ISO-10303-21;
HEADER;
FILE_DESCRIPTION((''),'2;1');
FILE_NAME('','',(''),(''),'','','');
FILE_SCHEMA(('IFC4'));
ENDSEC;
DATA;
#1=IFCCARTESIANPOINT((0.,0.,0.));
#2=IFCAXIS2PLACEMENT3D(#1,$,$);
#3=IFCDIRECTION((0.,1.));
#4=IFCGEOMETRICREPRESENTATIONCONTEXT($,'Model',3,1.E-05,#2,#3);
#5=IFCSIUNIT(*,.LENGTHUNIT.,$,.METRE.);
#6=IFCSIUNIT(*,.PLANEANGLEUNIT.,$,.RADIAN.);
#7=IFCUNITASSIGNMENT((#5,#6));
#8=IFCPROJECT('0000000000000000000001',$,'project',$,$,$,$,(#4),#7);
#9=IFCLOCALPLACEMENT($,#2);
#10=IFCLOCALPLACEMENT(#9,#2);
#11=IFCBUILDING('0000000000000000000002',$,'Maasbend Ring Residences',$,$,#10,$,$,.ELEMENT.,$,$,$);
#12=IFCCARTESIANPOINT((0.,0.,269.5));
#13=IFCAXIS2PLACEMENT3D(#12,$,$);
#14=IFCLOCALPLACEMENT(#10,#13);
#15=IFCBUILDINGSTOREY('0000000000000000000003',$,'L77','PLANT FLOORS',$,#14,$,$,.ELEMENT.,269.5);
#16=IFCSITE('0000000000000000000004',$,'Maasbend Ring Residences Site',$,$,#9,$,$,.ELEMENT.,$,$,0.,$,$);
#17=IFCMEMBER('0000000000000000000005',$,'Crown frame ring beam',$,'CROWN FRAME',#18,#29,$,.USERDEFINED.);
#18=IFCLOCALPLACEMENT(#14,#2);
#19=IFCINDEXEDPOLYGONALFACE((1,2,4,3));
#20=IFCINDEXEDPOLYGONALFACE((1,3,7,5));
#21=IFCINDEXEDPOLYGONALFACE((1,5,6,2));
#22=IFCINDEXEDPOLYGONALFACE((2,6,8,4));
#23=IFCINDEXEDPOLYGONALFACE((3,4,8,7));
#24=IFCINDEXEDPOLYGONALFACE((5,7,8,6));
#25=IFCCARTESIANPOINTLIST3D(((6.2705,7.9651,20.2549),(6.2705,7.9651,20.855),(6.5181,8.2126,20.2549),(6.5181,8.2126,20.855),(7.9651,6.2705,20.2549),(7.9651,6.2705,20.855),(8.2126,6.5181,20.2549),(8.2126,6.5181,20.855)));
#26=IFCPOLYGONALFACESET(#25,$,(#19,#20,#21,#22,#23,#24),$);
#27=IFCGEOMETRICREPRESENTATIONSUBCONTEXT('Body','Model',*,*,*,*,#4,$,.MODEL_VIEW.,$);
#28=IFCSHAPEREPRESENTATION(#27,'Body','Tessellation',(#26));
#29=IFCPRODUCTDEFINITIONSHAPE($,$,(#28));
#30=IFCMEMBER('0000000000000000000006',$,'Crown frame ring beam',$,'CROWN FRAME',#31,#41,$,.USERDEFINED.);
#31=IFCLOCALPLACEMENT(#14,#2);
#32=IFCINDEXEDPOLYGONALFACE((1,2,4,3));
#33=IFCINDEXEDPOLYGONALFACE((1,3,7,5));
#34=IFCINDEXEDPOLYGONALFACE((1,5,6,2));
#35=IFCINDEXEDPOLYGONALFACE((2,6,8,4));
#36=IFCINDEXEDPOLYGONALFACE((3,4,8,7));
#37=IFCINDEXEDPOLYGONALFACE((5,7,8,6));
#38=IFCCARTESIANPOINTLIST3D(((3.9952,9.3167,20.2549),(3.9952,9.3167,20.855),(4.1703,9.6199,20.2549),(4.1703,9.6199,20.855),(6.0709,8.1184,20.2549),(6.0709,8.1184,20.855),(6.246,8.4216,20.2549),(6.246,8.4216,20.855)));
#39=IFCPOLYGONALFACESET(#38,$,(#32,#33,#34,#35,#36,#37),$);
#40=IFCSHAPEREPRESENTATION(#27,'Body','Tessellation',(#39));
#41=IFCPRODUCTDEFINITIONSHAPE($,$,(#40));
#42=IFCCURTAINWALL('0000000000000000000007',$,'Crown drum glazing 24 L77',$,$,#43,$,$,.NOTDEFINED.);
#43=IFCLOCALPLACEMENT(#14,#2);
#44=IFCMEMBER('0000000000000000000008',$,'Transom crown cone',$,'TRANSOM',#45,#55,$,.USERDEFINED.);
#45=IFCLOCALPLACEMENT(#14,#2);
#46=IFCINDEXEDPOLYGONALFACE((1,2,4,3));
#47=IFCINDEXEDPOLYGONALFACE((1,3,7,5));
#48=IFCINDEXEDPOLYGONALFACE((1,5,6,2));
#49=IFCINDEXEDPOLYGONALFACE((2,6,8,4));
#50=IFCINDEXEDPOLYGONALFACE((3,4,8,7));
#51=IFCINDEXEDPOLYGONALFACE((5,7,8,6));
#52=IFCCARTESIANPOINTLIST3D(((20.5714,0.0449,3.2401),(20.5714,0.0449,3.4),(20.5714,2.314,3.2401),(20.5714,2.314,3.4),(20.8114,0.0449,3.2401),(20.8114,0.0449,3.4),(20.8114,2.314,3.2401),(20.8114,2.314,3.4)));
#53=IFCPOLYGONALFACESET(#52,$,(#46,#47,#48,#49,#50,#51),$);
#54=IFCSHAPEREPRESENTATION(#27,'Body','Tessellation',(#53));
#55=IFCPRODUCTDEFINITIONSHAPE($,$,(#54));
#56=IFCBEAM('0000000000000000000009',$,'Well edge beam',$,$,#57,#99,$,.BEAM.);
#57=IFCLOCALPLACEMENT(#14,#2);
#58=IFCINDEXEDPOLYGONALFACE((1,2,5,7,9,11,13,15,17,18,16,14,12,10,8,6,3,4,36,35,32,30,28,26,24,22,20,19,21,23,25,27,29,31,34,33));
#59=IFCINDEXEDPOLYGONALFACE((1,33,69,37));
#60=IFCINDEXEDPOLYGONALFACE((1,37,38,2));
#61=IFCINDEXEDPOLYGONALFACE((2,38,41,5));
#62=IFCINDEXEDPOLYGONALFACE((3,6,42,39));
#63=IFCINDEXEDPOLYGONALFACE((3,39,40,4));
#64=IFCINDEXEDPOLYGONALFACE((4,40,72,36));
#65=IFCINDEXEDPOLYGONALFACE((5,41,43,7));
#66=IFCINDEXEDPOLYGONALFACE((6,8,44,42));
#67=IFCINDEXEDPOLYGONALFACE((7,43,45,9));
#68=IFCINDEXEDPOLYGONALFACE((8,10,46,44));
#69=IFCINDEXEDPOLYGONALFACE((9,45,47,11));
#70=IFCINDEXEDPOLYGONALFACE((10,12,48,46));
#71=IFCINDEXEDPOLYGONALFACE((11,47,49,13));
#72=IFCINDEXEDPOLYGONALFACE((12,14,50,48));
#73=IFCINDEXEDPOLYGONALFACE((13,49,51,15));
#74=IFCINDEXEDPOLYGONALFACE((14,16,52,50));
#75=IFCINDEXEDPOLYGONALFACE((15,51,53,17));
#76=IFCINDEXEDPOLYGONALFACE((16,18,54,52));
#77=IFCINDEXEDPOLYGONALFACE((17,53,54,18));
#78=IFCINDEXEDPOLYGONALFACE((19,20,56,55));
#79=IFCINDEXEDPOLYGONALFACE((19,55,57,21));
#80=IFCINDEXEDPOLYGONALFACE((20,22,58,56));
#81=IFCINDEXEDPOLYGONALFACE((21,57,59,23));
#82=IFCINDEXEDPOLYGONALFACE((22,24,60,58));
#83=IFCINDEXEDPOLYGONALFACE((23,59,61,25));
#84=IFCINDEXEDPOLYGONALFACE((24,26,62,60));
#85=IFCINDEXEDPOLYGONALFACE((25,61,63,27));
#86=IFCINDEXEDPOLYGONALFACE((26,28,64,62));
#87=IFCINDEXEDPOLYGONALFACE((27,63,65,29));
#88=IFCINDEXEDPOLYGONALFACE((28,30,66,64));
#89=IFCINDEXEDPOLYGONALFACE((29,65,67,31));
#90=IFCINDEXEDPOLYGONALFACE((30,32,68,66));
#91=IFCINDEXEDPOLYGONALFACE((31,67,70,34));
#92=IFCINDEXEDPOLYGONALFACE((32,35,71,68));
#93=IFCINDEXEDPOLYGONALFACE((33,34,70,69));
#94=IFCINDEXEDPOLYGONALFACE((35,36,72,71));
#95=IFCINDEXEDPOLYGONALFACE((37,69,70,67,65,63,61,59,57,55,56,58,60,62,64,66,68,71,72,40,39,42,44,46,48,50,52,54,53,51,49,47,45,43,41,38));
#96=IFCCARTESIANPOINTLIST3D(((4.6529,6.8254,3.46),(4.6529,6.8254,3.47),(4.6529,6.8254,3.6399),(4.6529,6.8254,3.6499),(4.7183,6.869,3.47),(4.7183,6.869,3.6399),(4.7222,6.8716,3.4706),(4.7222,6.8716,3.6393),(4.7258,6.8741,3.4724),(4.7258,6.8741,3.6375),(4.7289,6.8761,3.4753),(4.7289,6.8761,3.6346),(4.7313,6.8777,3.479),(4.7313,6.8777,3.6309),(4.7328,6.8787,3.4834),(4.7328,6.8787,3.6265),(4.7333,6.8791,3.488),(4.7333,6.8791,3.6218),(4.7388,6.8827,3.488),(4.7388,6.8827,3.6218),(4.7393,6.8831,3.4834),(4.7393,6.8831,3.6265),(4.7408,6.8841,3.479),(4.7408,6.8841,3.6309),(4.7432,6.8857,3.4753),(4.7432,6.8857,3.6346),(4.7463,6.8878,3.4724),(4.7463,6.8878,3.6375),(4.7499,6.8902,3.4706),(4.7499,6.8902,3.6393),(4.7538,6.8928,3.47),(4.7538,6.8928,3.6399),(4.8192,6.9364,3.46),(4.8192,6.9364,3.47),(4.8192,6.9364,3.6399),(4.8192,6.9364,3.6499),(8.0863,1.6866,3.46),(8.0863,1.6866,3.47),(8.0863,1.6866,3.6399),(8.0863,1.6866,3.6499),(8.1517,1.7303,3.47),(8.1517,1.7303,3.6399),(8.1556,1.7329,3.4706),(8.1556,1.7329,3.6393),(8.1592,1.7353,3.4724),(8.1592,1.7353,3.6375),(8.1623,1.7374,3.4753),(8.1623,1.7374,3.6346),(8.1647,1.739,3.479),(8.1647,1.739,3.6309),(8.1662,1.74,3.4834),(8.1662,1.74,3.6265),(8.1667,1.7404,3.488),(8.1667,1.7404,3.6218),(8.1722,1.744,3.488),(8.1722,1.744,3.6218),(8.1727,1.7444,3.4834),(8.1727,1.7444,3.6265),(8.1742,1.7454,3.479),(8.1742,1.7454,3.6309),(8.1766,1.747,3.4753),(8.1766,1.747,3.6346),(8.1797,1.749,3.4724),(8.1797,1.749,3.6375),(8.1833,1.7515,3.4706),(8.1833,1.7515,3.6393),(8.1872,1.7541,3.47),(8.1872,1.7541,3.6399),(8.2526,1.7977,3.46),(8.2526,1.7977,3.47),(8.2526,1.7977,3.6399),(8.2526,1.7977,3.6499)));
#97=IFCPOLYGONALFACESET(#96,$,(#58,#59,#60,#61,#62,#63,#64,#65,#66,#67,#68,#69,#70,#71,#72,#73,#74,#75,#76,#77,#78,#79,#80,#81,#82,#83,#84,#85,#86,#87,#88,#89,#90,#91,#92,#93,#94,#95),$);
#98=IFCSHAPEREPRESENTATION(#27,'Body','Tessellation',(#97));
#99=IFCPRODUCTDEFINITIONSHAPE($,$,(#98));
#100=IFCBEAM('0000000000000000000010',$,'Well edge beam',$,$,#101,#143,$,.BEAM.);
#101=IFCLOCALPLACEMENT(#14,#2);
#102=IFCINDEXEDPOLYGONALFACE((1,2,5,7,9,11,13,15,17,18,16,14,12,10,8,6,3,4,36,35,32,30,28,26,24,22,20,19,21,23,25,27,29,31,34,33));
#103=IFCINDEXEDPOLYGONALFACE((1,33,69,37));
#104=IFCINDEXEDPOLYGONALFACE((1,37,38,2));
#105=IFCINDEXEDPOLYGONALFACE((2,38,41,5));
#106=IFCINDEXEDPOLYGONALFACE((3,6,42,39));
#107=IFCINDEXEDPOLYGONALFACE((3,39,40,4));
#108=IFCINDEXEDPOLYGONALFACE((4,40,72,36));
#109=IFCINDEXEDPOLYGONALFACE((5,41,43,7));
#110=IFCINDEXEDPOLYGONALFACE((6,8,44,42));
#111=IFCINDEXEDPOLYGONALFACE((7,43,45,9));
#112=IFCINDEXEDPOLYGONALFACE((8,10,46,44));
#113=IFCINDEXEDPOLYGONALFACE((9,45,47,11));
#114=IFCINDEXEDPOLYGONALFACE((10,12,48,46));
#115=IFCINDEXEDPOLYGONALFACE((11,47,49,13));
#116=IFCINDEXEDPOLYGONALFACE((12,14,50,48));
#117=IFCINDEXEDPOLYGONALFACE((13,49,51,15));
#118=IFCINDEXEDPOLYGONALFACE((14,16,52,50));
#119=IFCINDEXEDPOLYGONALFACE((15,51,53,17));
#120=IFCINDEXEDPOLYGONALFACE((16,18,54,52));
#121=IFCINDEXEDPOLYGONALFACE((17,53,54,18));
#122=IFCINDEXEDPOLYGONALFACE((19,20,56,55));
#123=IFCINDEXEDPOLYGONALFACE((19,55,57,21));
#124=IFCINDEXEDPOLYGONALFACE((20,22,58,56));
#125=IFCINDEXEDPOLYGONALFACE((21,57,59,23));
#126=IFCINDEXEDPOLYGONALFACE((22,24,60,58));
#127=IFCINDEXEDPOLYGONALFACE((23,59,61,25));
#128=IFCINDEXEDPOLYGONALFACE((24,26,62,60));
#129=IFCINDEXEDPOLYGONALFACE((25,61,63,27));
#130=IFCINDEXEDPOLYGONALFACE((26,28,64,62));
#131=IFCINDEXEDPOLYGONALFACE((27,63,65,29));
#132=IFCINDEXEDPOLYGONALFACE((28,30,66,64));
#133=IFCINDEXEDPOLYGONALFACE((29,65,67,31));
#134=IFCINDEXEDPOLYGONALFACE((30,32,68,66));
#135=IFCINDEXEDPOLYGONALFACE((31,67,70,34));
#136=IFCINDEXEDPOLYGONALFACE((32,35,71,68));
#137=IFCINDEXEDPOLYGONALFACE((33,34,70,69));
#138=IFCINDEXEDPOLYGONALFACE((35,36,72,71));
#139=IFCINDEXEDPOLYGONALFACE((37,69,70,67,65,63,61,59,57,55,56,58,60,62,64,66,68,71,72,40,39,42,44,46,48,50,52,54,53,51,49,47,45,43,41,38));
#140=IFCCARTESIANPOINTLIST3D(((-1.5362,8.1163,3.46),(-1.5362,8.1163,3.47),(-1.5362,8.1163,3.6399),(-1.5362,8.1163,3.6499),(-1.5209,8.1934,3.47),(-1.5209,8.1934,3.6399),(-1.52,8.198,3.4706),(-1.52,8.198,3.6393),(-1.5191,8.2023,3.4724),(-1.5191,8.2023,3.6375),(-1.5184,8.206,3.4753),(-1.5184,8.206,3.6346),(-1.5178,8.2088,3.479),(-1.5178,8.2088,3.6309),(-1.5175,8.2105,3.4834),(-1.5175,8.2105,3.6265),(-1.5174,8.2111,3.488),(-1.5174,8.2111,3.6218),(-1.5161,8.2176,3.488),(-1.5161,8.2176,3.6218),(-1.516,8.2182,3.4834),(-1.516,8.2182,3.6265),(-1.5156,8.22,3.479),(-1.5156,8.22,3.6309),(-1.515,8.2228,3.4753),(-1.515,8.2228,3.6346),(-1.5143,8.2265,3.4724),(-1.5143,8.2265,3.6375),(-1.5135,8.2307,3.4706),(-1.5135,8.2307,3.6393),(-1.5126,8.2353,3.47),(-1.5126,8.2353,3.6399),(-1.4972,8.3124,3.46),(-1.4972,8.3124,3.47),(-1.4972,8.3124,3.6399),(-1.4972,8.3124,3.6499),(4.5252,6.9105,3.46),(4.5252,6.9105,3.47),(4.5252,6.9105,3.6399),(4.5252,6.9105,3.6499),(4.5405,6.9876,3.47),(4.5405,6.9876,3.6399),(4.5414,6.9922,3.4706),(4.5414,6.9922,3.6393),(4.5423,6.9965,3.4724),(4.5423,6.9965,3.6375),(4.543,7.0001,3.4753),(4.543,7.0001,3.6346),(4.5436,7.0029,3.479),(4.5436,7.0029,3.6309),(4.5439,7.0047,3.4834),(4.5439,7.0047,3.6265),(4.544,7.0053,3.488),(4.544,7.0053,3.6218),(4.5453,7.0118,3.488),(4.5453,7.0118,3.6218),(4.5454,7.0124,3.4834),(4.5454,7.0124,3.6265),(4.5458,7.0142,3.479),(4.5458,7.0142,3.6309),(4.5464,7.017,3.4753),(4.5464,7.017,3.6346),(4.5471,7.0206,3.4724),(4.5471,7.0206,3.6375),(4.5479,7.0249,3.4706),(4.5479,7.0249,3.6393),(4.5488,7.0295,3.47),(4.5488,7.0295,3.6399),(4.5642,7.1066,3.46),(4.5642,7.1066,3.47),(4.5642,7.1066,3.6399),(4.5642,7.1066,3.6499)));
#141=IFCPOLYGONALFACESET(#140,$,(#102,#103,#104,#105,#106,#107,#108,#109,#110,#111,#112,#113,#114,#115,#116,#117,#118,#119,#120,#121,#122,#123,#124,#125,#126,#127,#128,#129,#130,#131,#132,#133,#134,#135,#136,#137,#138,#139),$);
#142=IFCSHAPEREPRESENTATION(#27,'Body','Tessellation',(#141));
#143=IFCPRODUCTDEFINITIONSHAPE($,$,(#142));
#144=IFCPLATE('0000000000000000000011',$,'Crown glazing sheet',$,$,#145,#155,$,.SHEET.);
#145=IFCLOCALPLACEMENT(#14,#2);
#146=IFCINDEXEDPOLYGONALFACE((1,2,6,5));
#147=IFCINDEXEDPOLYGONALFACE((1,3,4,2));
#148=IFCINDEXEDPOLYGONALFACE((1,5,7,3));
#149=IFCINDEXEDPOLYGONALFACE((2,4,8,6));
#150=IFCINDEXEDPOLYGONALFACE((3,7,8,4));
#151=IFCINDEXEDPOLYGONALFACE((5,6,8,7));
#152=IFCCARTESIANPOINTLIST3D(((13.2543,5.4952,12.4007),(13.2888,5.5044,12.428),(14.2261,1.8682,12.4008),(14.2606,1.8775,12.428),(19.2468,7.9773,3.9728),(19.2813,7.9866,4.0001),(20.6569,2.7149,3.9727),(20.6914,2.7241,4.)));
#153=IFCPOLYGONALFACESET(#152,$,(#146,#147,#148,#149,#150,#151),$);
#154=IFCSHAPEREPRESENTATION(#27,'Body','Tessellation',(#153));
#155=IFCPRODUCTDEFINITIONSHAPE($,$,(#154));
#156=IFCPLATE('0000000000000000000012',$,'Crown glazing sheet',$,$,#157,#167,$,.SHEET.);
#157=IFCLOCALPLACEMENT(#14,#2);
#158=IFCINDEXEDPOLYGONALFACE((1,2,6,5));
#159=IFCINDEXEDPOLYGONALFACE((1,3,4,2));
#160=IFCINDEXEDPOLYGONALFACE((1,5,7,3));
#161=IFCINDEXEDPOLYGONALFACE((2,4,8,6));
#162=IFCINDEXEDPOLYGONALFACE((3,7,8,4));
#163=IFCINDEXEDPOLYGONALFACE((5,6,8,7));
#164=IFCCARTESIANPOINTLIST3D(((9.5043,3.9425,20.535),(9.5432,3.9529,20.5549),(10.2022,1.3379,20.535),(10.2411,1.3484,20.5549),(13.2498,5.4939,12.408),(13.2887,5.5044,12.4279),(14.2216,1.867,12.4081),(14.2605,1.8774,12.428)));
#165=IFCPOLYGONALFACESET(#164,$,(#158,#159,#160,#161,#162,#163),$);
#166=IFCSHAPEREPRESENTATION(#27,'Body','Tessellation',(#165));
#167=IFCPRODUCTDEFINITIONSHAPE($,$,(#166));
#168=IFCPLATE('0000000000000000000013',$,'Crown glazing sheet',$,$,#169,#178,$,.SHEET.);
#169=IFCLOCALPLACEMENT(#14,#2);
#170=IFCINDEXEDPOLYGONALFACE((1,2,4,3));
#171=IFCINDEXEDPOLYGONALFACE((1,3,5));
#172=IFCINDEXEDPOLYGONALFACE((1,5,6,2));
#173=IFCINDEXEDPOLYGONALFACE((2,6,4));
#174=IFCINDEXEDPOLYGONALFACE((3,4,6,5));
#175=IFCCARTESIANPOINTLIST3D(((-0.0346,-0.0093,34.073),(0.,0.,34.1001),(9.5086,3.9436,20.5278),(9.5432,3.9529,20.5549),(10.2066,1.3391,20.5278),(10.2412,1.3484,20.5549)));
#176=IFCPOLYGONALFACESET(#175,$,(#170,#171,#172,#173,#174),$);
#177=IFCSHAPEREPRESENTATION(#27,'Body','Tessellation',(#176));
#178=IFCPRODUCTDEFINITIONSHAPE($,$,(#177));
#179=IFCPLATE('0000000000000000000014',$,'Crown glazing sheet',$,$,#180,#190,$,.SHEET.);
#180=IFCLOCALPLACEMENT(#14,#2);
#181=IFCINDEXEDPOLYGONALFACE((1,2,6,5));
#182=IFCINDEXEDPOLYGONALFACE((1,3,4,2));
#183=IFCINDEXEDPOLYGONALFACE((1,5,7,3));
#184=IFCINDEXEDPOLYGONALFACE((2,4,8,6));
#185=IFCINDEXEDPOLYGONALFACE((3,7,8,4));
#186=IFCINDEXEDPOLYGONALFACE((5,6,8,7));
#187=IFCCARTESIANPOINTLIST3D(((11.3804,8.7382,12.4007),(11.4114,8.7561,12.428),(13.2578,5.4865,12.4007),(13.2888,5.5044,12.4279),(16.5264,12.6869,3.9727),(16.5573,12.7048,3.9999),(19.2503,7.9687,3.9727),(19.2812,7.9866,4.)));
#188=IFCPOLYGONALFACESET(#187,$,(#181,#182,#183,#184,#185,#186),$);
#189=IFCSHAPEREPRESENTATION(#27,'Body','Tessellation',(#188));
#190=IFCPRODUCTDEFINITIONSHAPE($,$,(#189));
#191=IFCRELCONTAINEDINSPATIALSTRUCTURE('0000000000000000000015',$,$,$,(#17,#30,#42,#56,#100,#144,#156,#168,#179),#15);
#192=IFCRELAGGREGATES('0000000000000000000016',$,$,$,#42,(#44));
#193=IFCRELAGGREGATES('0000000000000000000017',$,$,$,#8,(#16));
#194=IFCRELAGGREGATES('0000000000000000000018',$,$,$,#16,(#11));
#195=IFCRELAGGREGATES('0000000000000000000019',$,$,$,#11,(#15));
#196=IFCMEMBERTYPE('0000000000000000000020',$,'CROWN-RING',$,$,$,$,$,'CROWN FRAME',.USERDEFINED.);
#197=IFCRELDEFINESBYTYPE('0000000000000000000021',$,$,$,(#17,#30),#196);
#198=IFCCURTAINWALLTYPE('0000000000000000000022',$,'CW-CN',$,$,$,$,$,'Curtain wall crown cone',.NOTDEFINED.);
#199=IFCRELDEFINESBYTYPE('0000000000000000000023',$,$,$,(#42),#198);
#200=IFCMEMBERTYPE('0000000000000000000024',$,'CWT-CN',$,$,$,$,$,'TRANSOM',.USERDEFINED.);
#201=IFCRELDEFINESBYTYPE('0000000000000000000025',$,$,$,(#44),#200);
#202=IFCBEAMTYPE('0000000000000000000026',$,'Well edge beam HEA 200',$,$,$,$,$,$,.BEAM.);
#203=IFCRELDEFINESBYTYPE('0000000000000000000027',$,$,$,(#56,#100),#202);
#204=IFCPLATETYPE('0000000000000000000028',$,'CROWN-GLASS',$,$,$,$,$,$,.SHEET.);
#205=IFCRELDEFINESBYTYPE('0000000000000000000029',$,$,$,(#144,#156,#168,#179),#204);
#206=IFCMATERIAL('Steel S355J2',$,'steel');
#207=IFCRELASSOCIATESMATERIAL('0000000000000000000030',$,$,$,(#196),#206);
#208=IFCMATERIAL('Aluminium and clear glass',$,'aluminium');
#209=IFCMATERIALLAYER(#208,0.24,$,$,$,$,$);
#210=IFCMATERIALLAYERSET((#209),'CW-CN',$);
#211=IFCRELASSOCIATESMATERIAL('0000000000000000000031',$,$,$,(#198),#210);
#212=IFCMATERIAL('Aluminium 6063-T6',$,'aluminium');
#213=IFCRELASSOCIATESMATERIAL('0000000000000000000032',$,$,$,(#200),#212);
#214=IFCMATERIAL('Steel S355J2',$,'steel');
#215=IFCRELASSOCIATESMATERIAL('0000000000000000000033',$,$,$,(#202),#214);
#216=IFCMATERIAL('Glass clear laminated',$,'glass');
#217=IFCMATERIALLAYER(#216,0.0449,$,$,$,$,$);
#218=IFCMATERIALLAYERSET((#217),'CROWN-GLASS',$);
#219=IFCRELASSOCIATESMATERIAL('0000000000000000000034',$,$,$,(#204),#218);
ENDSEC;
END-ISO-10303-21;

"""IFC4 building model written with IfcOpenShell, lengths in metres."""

from ifc_helpers import new_model, si_unit, direction, frame, origin, origin_2d, place, context, subcontext, project, spatial, polyline, rectangle, i_section, outline, extrude, material, layer, layer_set, material_profile, profile_set, type_object, element, aggregate, save


model = new_model("IFC4")

# Units and contexts
model_context = context("Model", 3, precision=1e-05, world=origin(), true_north=direction((0.0, 1.0)))
body_context = subcontext(model_context, "Body", "Model", "MODEL_VIEW")
ifc_project = project(units=[si_unit("LENGTHUNIT", "METRE"), si_unit("PLANEANGLEUNIT", "RADIAN")], contexts=[model_context])

# Site, building, storey
site_placement = place(None, origin())
site = spatial("IfcSite", under=ifc_project, at=site_placement, Name="Maasbend Ring Residences Site", CompositionType="ELEMENT", RefElevation=0.0)
building_placement = place(site_placement, origin())
building = spatial("IfcBuilding", under=site, at=building_placement, Name="Maasbend Ring Residences", CompositionType="ELEMENT")
storey_placement = place(building_placement, frame((0.0, 0.0, 269.5)))
storey = spatial("IfcBuildingStorey", under=building, at=storey_placement, Name="L77", Description="PLANT FLOORS", CompositionType="ELEMENT", Elevation=269.5)

# Members
ifc_material_1 = material(Name="Steel S355J2", Category="steel")
ifc_material_profile_1 = material_profile(ifc_material_1, rectangle(XDim=0.3501, YDim=0.6001, at=origin_2d()), Name="Box 350x600x16")
ifc_profile_set_1 = profile_set([ifc_material_profile_1], Name="Steel S355J2")
member_type_1 = type_object("IfcMemberType", Name="CROWN-RING", ElementType="CROWN FRAME", PredefinedType="USERDEFINED", material=ifc_profile_set_1)
member_1_placement = place(storey_placement, frame((8.0889, 6.3943, 20.5549), z_axis=(-0.707107, 0.707107, 0.0), x_axis=(-0.707107, -0.707107, 0.0)))
element("IfcMember", 1, at=member_1_placement, inside=storey, type_object=member_type_1, Name="Crown frame ring beam", ObjectType="CROWN FRAME", PredefinedType="USERDEFINED", context=body_context, shape_type="SweptSolid", body=[
    extrude(rectangle(XDim=0.3501, YDim=0.6001, at=origin_2d()), origin(), (0.0, 0.0, 1.0), 2.3965),
])
member_2_placement = place(storey_placement, frame((6.1584, 8.27, 20.5549), z_axis=(-0.866053, 0.499952, 0.0), x_axis=(-0.499952, -0.866053, 0.0)))
element("IfcMember", 2, at=member_2_placement, inside=storey, type_object=member_type_1, Name="Crown frame ring beam", ObjectType="CROWN FRAME", PredefinedType="USERDEFINED", context=body_context, shape_type="SweptSolid", body=[
    extrude(rectangle(XDim=0.3501, YDim=0.6001, at=origin_2d()), origin(), (0.0, 0.0, 1.0), 2.3967),
])

# Curtain wall, member
ifc_material_2 = material(Name="Aluminium and clear glass", Category="aluminium")
ifc_layer_1 = layer(ifc_material_2, 0.24)
ifc_layer_set_1 = layer_set([ifc_layer_1], Name="CW-CN")
curtain_wall_type = type_object("IfcCurtainWallType", Name="CW-CN", ElementType="Curtain wall crown cone", PredefinedType="NOTDEFINED", material=ifc_layer_set_1)
curtain_wall_placement = place(storey_placement, origin())
curtain_wall = element("IfcCurtainWall", 3, at=curtain_wall_placement, inside=storey, type_object=curtain_wall_type, Name="Crown drum glazing 24 L77", PredefinedType="NOTDEFINED")
ifc_material_3 = material(Name="Aluminium 6063-T6", Category="aluminium")
ifc_material_profile_2 = material_profile(ifc_material_3, rectangle(XDim=0.24, YDim=0.1599, at=origin_2d()), Name="AL 240x160")
ifc_profile_set_2 = profile_set([ifc_material_profile_2], Name="Aluminium 6063-T6")
member_type_2 = type_object("IfcMemberType", Name="CWT-CN", ElementType="TRANSOM", PredefinedType="USERDEFINED", material=ifc_profile_set_2)
member_3_placement = place(storey_placement, frame((20.6914, 0.0449, 3.3201), z_axis=(0.0, 1.0, 0.0), x_axis=(-1.0, 0.0, 0.0)))
member_3 = element("IfcMember", 4, at=member_3_placement, type_object=member_type_2, Name="Transom crown cone", ObjectType="TRANSOM", PredefinedType="USERDEFINED", context=body_context, shape_type="SweptSolid", body=[
    extrude(rectangle(XDim=0.24, YDim=0.1599, at=origin_2d()), origin(), (0.0, 0.0, 1.0), 2.269),
])
aggregate(curtain_wall, [member_3])

# Beams
ifc_material_4 = material(Name="Steel S355J2", Category="steel")
ifc_material_profile_3 = material_profile(ifc_material_4, i_section(OverallWidth=0.2, OverallDepth=0.1899, WebThickness=0.0066, FlangeThickness=0.01, FilletRadius=0.0181, at=origin_2d()), Name="HEA 200")
ifc_profile_set_3 = profile_set([ifc_material_profile_3], Name="Steel S355J2")
beam_type = type_object("IfcBeamType", Name="Well edge beam HEA 200", PredefinedType="BEAM", material=ifc_profile_set_3)
for number, where, z_axis, x_axis, name in (
    (5, (8.1694, 1.7422, 3.5549), (-0.555548, 0.831485, 0.0), (-0.831485, -0.555548, 0.0), "Well edge beam"),
    (6, (4.5447, 7.0085, 3.5549), (-0.980781, 0.195113, 0.0), (-0.195113, -0.980781, 0.0), "Well edge beam"),
):
    element("IfcBeam", number, at=place(storey_placement, frame(where, z_axis=z_axis, x_axis=x_axis)), inside=storey, type_object=beam_type, Name=name, PredefinedType="BEAM", context=body_context, shape_type="SweptSolid", body=[
        extrude(i_section(OverallWidth=0.2, OverallDepth=0.1899, WebThickness=0.0066, FlangeThickness=0.01, FilletRadius=0.0181, at=origin_2d()), origin(), (0.0, 0.0, 1.0), 6.1802),
    ])

# Plates
ifc_material_5 = material(Name="Glass clear laminated", Category="glass")
ifc_layer_2 = layer(ifc_material_5, 0.0449)
ifc_layer_set_2 = layer_set([ifc_layer_2], Name="CROWN-GLASS")
plate_type = type_object("IfcPlateType", Name="CROWN-GLASS", PredefinedType="SHEET", material=ifc_layer_set_2)
plate_1_placement = place(storey_placement, frame((20.6914, 2.7241, 4.0), z_axis=(0.767913, 0.205755, 0.606609), x_axis=(-0.25882, 0.965926, 0.000011)))
element("IfcPlate", 7, at=plate_1_placement, inside=storey, type_object=plate_type, Name="Crown glazing sheet", PredefinedType="SHEET", context=body_context, shape_type="SweptSolid", body=[
    extrude(outline(polyline([(0.0, 0.0), (5.4481, 0.0), (4.6016, 10.6012), (0.8467, 10.6013), (0.0, 0.0)])), origin(), (0.0, 0.0, -1.0), 0.0449),
])
plate_2_placement = place(storey_placement, frame((14.2605, 1.8774, 12.428), z_axis=(0.865822, 0.231992, 0.44332), x_axis=(-0.258807, 0.965929, -0.000014)))
element("IfcPlate", 8, at=plate_2_placement, inside=storey, type_object=plate_type, Name="Crown glazing sheet", PredefinedType="SHEET", context=body_context, shape_type="SweptSolid", body=[
    extrude(outline(polyline([(0.0, 0.0), (3.7549, 0.0), (3.2255, 9.0666), (0.5291, 9.0665), (0.0, 0.0)])), origin(), (0.0, 0.0, -1.0), 0.0449),
])
plate_3_placement = place(storey_placement, frame((10.2412, 1.3484, 20.5549), z_axis=(0.770478, 0.206486, 0.603097), x_axis=(-0.258863, 0.965914, 0.0)))
element("IfcPlate", 9, at=plate_3_placement, inside=storey, type_object=plate_type, Name="Crown glazing sheet", PredefinedType="SHEET", context=body_context, shape_type="SweptSolid", body=[
    extrude(outline(polyline([(0.0, 0.0), (2.6964, 0.0), (1.3486, 16.981), (0.0, 0.0)])), origin(), (0.0, 0.0, -1.0), 0.0449),
])
plate_4_placement = place(storey_placement, frame((19.2812, 7.9866, 4.0), z_axis=(0.688496, 0.39749, 0.606609), x_axis=(-0.499982, 0.866036, -0.00001)))
element("IfcPlate", 10, at=plate_4_placement, inside=storey, type_object=plate_type, Name="Crown glazing sheet", PredefinedType="SHEET", context=body_context, shape_type="SweptSolid", body=[
    extrude(outline(polyline([(0.0, 0.0), (5.4481, 0.0), (4.6012, 10.6013), (0.8464, 10.6012), (0.0, 0.0)])), origin(), (0.0, 0.0, -1.0), 0.0449),
])

save(model, "model.ifc")
